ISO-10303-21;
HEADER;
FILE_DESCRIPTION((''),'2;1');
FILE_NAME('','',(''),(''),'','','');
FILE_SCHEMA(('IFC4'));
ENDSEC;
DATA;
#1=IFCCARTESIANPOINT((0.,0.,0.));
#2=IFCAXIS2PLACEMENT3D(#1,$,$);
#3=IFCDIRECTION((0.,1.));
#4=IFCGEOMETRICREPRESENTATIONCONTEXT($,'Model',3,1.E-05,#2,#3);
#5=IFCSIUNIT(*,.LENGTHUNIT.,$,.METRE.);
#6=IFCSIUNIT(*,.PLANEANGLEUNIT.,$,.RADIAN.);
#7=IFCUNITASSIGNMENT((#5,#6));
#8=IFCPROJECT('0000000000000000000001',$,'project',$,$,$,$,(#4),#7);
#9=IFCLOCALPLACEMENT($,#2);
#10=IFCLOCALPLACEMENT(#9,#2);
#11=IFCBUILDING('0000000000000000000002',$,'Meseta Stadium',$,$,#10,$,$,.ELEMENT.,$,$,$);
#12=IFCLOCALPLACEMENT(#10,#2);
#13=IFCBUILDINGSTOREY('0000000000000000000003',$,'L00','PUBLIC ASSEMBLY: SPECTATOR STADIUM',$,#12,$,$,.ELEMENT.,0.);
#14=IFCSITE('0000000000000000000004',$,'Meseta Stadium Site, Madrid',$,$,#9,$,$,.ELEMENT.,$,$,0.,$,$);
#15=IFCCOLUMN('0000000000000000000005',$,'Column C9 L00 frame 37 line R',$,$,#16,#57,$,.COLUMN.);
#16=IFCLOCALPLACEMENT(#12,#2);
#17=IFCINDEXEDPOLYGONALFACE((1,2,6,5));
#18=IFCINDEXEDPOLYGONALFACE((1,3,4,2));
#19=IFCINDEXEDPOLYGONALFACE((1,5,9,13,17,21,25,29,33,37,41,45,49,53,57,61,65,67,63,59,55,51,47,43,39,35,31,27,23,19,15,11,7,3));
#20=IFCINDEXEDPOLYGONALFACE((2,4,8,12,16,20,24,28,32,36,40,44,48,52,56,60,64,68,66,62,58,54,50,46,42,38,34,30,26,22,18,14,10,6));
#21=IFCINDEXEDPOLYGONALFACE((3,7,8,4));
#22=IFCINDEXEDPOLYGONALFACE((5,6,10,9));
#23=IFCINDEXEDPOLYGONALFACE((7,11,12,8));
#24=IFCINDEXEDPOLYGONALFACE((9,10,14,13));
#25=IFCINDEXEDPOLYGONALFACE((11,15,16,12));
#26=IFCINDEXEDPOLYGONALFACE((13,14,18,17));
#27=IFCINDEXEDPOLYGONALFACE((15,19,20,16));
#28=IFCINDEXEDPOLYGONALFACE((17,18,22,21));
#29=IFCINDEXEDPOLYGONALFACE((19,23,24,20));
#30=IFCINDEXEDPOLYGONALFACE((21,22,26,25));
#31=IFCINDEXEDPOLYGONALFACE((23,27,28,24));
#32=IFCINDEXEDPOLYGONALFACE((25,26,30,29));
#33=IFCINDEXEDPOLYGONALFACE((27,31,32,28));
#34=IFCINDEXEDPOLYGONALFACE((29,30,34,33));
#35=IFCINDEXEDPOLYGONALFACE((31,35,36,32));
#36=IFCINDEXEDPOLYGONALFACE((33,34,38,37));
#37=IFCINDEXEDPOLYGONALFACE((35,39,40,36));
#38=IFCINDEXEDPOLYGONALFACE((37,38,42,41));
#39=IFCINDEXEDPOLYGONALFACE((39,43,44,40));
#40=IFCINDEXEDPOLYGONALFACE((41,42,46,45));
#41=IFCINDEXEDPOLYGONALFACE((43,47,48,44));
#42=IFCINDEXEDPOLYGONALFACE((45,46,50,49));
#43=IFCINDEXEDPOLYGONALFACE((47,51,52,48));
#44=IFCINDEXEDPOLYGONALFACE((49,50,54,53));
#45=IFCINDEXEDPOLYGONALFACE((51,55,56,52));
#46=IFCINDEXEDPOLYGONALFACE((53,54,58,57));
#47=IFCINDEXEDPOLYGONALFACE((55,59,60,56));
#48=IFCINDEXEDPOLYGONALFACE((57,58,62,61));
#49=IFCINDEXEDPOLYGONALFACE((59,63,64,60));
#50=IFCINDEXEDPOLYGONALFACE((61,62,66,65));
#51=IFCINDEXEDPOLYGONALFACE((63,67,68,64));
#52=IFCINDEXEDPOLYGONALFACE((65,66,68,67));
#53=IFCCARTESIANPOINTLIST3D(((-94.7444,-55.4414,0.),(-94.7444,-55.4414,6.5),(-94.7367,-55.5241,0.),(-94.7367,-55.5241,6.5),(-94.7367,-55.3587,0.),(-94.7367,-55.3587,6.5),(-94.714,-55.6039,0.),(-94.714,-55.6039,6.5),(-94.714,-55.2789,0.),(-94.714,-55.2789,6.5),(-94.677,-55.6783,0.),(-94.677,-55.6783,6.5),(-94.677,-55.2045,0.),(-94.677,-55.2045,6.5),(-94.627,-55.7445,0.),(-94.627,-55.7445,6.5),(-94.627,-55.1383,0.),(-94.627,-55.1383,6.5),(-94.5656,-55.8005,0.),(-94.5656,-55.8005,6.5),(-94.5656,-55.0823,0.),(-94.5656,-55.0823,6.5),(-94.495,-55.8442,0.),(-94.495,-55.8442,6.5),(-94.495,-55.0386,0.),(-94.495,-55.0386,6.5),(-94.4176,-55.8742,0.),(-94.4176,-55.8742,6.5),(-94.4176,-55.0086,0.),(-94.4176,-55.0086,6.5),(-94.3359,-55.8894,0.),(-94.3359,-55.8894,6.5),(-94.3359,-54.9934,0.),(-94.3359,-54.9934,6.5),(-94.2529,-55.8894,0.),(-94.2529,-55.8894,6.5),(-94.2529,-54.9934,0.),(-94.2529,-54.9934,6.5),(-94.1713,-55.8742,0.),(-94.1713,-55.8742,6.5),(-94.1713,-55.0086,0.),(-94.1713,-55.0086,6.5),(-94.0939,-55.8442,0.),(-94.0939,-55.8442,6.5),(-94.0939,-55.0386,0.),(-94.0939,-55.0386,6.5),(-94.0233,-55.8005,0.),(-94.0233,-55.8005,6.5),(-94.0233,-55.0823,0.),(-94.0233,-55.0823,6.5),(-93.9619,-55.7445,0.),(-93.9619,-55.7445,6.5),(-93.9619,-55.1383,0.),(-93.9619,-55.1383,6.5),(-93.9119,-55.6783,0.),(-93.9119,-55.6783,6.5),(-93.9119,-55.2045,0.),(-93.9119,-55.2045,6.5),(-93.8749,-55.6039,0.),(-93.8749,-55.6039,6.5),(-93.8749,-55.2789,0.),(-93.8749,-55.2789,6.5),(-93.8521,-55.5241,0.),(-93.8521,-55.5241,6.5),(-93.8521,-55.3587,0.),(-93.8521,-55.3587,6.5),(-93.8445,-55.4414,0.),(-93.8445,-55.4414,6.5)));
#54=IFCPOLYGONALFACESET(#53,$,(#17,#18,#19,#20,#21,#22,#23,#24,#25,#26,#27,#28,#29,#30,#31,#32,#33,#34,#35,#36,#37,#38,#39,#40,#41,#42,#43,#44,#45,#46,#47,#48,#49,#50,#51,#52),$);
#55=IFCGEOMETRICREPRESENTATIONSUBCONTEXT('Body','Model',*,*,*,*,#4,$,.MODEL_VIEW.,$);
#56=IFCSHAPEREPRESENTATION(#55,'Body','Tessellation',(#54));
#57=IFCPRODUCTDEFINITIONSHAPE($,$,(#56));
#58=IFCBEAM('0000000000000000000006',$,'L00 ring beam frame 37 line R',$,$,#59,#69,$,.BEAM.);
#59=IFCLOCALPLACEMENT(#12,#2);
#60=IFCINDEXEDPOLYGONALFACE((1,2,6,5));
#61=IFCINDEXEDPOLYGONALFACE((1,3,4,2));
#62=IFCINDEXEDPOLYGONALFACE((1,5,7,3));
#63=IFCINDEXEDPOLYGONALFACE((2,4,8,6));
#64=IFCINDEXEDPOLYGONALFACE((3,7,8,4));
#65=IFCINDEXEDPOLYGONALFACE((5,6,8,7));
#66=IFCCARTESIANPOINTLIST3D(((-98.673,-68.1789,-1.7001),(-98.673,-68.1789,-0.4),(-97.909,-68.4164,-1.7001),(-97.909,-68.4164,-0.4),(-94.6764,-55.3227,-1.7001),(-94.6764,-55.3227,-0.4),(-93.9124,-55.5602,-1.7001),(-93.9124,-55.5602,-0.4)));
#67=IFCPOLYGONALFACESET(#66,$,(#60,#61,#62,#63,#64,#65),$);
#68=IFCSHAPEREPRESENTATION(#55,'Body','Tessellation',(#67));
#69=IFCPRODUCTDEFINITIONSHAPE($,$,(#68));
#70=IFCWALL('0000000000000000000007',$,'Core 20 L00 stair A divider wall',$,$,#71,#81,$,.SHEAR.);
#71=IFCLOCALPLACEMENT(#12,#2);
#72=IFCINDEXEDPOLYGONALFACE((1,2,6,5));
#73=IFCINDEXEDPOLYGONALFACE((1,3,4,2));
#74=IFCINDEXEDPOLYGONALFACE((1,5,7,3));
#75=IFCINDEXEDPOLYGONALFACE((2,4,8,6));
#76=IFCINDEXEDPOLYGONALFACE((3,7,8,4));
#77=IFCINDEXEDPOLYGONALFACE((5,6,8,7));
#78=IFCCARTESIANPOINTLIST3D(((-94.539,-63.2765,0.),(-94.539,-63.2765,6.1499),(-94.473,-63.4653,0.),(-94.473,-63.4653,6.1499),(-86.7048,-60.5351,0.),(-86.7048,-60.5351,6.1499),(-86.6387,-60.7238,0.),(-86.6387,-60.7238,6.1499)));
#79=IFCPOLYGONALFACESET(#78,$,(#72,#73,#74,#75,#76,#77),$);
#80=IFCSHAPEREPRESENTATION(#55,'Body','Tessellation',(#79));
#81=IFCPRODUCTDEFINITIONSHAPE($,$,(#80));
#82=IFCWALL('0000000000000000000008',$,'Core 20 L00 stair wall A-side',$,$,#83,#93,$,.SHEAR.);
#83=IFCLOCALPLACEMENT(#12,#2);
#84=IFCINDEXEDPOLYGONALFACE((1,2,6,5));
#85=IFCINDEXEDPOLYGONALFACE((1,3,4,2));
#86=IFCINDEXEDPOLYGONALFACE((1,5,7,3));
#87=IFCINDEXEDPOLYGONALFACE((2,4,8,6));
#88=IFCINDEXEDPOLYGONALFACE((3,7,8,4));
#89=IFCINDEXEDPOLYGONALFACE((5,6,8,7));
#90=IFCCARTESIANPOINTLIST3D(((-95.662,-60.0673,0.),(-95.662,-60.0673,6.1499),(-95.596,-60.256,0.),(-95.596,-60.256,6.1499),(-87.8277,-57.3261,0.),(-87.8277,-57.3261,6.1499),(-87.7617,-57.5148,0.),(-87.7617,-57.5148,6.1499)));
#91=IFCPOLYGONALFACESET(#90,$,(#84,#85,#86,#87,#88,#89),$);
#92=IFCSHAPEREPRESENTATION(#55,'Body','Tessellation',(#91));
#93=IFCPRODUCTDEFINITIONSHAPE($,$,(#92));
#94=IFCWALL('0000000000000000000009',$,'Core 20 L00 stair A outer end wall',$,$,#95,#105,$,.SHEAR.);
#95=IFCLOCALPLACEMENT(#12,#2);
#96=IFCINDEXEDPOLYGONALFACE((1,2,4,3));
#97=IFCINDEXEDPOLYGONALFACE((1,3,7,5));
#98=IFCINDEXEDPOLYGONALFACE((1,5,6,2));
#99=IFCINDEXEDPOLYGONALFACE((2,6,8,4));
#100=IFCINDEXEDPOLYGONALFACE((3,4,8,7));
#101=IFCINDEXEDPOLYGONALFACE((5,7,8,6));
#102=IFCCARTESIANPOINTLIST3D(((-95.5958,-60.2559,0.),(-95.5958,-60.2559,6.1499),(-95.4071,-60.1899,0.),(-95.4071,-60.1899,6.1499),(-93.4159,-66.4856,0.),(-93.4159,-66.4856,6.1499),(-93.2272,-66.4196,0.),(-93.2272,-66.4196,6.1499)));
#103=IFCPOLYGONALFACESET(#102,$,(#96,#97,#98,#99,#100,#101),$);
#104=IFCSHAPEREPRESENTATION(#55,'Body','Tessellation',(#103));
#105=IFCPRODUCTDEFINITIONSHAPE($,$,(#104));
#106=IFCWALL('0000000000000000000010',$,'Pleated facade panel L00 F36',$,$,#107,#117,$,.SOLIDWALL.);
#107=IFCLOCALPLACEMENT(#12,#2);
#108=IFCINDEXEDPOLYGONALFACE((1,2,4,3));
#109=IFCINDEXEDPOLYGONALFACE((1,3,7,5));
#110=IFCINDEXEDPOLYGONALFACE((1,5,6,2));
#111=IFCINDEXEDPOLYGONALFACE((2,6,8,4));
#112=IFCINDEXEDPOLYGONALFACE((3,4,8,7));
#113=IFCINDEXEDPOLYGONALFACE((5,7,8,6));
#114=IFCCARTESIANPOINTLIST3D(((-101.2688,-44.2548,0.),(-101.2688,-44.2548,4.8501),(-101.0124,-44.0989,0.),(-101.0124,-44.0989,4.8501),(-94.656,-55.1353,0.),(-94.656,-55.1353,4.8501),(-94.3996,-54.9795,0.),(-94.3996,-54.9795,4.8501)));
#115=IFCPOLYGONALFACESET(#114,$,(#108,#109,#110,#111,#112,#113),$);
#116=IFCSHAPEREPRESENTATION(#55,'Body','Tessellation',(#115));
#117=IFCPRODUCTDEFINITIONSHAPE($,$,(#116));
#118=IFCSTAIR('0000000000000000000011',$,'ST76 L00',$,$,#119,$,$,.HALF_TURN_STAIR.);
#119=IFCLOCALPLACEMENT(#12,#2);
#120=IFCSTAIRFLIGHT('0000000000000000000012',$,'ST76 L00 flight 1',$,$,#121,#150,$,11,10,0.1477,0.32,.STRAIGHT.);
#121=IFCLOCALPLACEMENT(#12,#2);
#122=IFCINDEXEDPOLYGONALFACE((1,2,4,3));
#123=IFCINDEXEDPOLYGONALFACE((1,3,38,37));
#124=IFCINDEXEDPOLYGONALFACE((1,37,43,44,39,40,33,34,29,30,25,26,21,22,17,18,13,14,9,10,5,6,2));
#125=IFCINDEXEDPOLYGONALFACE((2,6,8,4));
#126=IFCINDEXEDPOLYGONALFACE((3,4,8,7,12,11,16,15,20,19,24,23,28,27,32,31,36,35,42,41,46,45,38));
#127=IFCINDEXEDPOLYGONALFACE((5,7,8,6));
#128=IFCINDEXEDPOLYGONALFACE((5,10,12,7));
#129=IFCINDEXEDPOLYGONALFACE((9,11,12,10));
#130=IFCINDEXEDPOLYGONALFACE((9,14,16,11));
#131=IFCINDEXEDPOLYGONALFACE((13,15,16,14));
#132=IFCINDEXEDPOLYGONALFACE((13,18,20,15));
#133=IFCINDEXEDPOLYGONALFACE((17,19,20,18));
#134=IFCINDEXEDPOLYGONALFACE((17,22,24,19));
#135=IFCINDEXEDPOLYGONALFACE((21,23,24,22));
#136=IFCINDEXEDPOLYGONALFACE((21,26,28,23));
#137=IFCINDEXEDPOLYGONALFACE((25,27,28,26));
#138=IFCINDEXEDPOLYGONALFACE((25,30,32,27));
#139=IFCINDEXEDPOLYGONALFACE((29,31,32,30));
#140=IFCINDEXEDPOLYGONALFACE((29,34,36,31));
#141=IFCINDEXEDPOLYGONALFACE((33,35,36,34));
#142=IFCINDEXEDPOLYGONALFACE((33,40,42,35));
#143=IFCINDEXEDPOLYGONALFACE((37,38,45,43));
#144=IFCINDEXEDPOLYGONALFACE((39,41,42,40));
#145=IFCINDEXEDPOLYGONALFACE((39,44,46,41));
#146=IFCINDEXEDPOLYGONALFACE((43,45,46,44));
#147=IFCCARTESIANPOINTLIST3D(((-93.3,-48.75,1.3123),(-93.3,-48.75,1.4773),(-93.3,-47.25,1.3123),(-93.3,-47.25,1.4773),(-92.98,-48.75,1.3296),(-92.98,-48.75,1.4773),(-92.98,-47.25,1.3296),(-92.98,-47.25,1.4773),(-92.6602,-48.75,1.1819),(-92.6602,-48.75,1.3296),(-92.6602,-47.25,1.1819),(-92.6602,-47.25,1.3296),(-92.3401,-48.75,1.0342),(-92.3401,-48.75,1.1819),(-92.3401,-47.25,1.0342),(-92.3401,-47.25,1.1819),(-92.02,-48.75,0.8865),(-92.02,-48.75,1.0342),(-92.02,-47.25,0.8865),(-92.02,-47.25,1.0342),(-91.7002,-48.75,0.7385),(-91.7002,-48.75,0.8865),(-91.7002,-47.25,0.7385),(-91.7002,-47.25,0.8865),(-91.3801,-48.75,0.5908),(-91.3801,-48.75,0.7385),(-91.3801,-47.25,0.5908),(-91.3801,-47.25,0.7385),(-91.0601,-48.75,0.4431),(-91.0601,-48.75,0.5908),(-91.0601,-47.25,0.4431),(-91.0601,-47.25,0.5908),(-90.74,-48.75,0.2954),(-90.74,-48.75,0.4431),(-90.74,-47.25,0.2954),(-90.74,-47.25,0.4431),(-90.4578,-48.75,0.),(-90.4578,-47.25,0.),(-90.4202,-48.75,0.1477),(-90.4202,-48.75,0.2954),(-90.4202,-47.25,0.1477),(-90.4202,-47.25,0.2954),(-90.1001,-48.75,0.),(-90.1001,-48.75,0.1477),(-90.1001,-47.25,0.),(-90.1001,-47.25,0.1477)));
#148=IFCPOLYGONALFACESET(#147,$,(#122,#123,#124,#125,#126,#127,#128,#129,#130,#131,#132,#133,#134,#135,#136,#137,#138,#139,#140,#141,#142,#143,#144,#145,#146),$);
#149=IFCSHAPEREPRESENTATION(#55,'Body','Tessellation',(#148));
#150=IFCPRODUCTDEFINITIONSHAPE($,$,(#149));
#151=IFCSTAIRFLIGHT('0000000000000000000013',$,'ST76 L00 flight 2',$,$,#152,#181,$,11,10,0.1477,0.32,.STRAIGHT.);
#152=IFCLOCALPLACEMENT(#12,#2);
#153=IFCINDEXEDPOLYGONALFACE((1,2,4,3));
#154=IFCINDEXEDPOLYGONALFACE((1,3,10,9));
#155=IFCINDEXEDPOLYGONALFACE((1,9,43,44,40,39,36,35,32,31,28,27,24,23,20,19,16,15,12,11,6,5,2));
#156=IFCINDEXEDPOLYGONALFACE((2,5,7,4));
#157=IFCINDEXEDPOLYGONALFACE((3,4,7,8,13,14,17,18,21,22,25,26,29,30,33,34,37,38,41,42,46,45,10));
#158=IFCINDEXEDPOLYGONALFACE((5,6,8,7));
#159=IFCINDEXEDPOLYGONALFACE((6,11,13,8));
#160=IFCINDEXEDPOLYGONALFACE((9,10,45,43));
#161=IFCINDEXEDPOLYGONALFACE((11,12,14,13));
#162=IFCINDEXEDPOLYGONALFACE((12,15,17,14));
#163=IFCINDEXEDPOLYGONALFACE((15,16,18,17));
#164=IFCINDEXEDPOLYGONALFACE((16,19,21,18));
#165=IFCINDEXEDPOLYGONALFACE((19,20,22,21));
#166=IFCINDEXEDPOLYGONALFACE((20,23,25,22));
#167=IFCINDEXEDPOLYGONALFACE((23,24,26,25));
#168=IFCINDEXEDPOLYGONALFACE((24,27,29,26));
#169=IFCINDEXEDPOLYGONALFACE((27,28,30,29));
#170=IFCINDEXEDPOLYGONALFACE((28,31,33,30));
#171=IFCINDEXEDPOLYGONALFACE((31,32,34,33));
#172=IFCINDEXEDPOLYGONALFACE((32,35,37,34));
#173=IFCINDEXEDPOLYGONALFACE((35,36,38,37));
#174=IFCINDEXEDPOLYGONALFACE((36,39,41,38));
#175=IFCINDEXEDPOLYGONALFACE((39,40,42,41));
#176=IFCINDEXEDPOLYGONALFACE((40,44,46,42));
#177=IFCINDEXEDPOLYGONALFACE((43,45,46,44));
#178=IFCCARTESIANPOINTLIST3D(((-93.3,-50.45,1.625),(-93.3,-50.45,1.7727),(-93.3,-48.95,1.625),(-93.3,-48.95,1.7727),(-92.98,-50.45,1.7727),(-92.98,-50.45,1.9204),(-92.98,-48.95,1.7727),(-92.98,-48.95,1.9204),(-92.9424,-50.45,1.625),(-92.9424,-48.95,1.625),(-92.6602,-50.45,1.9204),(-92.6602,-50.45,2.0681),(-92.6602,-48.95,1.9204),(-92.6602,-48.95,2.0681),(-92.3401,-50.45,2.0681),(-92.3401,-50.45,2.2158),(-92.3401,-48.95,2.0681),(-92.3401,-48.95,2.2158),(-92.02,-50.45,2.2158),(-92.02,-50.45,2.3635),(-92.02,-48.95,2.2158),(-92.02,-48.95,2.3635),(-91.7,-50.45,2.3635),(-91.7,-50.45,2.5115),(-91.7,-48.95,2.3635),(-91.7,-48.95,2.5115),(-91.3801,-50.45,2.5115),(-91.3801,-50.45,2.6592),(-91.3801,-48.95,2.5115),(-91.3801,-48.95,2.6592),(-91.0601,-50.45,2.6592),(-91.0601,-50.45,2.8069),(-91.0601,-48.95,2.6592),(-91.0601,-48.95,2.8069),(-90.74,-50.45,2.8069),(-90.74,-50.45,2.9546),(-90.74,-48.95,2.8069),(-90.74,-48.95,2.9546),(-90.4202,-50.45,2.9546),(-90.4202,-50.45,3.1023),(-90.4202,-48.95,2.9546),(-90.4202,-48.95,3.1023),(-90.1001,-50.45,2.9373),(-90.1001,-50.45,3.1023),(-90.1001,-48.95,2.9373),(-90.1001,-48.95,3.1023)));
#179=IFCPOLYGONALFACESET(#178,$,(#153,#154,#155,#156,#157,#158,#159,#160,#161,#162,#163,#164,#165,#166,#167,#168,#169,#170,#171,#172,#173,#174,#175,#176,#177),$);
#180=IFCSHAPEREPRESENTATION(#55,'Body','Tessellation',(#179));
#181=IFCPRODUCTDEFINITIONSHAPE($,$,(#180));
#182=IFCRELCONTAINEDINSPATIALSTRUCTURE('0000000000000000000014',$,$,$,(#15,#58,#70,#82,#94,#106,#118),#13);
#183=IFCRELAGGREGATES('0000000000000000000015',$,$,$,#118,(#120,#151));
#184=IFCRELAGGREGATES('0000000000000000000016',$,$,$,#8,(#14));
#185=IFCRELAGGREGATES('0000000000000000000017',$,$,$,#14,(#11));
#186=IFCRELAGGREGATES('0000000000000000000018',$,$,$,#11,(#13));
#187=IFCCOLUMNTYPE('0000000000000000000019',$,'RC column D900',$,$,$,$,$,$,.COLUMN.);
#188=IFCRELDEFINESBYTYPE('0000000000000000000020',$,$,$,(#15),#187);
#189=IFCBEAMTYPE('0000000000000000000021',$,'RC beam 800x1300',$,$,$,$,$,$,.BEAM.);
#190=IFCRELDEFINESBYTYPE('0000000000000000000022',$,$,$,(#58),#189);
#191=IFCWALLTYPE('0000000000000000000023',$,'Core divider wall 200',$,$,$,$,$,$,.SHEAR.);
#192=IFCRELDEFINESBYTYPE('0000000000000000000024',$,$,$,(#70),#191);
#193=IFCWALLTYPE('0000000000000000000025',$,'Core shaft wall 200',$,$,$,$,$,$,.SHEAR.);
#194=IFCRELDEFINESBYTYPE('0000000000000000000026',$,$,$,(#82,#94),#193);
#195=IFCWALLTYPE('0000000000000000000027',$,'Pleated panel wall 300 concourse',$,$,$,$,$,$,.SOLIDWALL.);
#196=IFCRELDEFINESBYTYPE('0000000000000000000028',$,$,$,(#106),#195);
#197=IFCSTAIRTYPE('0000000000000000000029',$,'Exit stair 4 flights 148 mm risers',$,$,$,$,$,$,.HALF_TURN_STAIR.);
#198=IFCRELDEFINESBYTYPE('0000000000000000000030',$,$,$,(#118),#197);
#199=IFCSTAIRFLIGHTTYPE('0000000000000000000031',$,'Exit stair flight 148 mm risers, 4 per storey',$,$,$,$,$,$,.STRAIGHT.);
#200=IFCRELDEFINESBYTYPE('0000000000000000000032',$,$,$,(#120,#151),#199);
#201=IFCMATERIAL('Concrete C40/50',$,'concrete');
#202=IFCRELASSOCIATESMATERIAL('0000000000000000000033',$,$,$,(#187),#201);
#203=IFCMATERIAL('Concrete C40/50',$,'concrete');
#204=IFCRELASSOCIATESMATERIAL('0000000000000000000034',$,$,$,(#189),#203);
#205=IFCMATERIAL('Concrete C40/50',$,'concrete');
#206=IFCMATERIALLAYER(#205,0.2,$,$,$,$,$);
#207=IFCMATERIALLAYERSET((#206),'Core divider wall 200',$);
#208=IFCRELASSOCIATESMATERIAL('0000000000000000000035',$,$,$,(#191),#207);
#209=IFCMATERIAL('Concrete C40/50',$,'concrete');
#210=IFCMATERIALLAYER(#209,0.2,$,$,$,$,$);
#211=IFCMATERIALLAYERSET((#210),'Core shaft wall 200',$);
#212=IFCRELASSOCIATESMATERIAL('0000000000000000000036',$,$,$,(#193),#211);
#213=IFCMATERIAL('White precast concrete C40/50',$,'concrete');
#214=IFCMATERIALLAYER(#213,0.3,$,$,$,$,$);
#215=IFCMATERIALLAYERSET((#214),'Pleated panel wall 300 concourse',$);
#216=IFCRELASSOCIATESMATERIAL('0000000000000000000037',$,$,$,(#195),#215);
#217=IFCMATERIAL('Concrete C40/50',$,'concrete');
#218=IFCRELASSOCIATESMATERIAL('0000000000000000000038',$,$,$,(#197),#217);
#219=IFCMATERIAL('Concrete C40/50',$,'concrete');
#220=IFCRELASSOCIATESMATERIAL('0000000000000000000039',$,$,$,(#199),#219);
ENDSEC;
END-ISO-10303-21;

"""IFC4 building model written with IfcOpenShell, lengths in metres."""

from ifc_helpers import new_model, si_unit, direction, frame, frame_2d, origin, origin_2d, place, context, subcontext, project, spatial, polyline, rectangle, circle, outline, extrude, material, layer, layer_set, material_profile, profile_set, type_object, element, aggregate, save


model = new_model("IFC4")

# Units and contexts
model_context = context("Model", 3, precision=1e-05, world=origin(), true_north=direction((0.0, 1.0)))
body_context = subcontext(model_context, "Body", "Model", "MODEL_VIEW")
ifc_project = project(units=[si_unit("LENGTHUNIT", "METRE"), si_unit("PLANEANGLEUNIT", "RADIAN")], contexts=[model_context])

# Site, building, storey
site_placement = place(None, origin())
site = spatial("IfcSite", under=ifc_project, at=site_placement, Name="Meseta Stadium Site, Madrid", CompositionType="ELEMENT", RefElevation=0.0)
building_placement = place(site_placement, origin())
building = spatial("IfcBuilding", under=site, at=building_placement, Name="Meseta Stadium", CompositionType="ELEMENT")
storey_placement = place(building_placement, origin())
storey = spatial("IfcBuildingStorey", under=building, at=storey_placement, Name="L00", Description="PUBLIC ASSEMBLY: SPECTATOR STADIUM", CompositionType="ELEMENT", Elevation=0.0)

# Column
ifc_material_1 = material(Name="Concrete C40/50", Category="concrete")
ifc_material_profile_1 = material_profile(ifc_material_1, circle(Radius=0.45, at=origin_2d()), Name="RC D900")
ifc_profile_set_1 = profile_set([ifc_material_profile_1], Name="Concrete C40/50")
column_type = type_object("IfcColumnType", Name="RC column D900", PredefinedType="COLUMN", material=ifc_profile_set_1)
column_placement = place(storey_placement, frame((-94.2944, -55.4414, 0.0), z_axis=(0.0, 0.0, 1.0), x_axis=(1.0, 0.0, 0.0)))
element("IfcColumn", 1, at=column_placement, inside=storey, type_object=column_type, Name="Column C9 L00 frame 37 line R", PredefinedType="COLUMN", context=body_context, shape_type="SweptSolid", body=[
    extrude(circle(Radius=0.45, at=origin_2d()), origin(), (0.0, 0.0, 1.0), 6.5),
])

# Beam
ifc_material_2 = material(Name="Concrete C40/50", Category="concrete")
ifc_material_profile_2 = material_profile(ifc_material_2, rectangle(XDim=0.8, YDim=1.3, at=origin_2d()), Name="RC 800x1300")
ifc_profile_set_2 = profile_set([ifc_material_profile_2], Name="Concrete C40/50")
beam_type = type_object("IfcBeamType", Name="RC beam 800x1300", PredefinedType="BEAM", material=ifc_profile_set_2)
beam_placement = place(storey_placement, frame((-94.2944, -55.4414, -1.05), z_axis=(-0.296855, -0.954923, 0.0), x_axis=(0.954923, -0.296855, 0.0)))
element("IfcBeam", 2, at=beam_placement, inside=storey, type_object=beam_type, Name="L00 ring beam frame 37 line R", PredefinedType="BEAM", context=body_context, shape_type="SweptSolid", body=[
    extrude(rectangle(XDim=0.8, YDim=1.3, at=origin_2d()), origin(), (0.0, 0.0, 1.0), 13.4631),
])

# Walls
ifc_material_3 = material(Name="Concrete C40/50", Category="concrete")
ifc_layer_1 = layer(ifc_material_3, 0.2)
ifc_layer_set_1 = layer_set([ifc_layer_1], Name="Core divider wall 200")
wall_type_1 = type_object("IfcWallType", Name="Core divider wall 200", PredefinedType="SHEAR", material=ifc_layer_set_1)
wall_1_placement = place(storey_placement, frame((-94.5059, -63.3708, 0.0), z_axis=(0.0, 0.0, 1.0), x_axis=(0.943878, 0.330294, 0.0)))
element("IfcWall", 3, at=wall_1_placement, inside=storey, type_object=wall_type_1, Name="Core 20 L00 stair A divider wall", PredefinedType="SHEAR", context=body_context, shape_type="SweptSolid", body=[
    extrude(rectangle(XDim=8.3, YDim=0.2, at=frame_2d((4.1499, 0.0))), origin(), (0.0, 0.0, 1.0), 6.1499),
])
ifc_material_4 = material(Name="Concrete C40/50", Category="concrete")
ifc_layer_2 = layer(ifc_material_4, 0.2)
ifc_layer_set_2 = layer_set([ifc_layer_2], Name="Core shaft wall 200")
wall_type_2 = type_object("IfcWallType", Name="Core shaft wall 200", PredefinedType="SHEAR", material=ifc_layer_set_2)
wall_2_placement = place(storey_placement, frame((-95.6289, -60.1616, 0.0), z_axis=(0.0, 0.0, 1.0), x_axis=(0.943887, 0.330268, 0.0)))
element("IfcWall", 4, at=wall_2_placement, inside=storey, type_object=wall_type_2, Name="Core 20 L00 stair wall A-side", PredefinedType="SHEAR", context=body_context, shape_type="SweptSolid", body=[
    extrude(rectangle(XDim=8.3, YDim=0.2, at=frame_2d((4.1499, 0.0))), origin(), (0.0, 0.0, 1.0), 6.1499),
])
wall_3_placement = place(storey_placement, frame((-95.5015, -60.2229, 0.0), z_axis=(0.0, 0.0, 1.0), x_axis=(0.330286, -0.943881, 0.0)))
element("IfcWall", 5, at=wall_3_placement, inside=storey, type_object=wall_type_2, Name="Core 20 L00 stair A outer end wall", PredefinedType="SHEAR", context=body_context, shape_type="SweptSolid", body=[
    extrude(rectangle(XDim=6.6001, YDim=0.2, at=frame_2d((3.3, 0.0))), origin(), (0.0, 0.0, 1.0), 6.1499),
])
ifc_material_5 = material(Name="White precast concrete C40/50", Category="concrete")
ifc_layer_3 = layer(ifc_material_5, 0.3)
ifc_layer_set_3 = layer_set([ifc_layer_3], Name="Pleated panel wall 300 concourse")
wall_type_3 = type_object("IfcWallType", Name="Pleated panel wall 300 concourse", PredefinedType="SOLIDWALL", material=ifc_layer_set_3)
wall_4_placement = place(storey_placement, frame((-94.5278, -55.0574, 0.0), z_axis=(0.0, 0.0, 1.0), x_axis=(-0.519363, 0.854554, 0.0)))
element("IfcWall", 6, at=wall_4_placement, inside=storey, type_object=wall_type_3, Name="Pleated facade panel L00 F36", PredefinedType="SOLIDWALL", context=body_context, shape_type="SweptSolid", body=[
    extrude(rectangle(XDim=12.7324, YDim=0.3, at=frame_2d((6.3662, 0.0))), origin(), (0.0, 0.0, 1.0), 4.8501),
])

# Stair, stair flights
ifc_material_6 = material(Name="Concrete C40/50", Category="concrete")
stair_type = type_object("IfcStairType", Name="Exit stair 4 flights 148 mm risers", PredefinedType="HALF_TURN_STAIR", material=ifc_material_6)
stair_1_placement = place(storey_placement, origin())
stair_1 = element("IfcStair", 7, at=stair_1_placement, inside=storey, type_object=stair_type, Name="ST76 L00", PredefinedType="HALF_TURN_STAIR")
ifc_material_7 = material(Name="Concrete C40/50", Category="concrete")
stair_flight_type = type_object("IfcStairFlightType", Name="Exit stair flight 148 mm risers, 4 per storey", PredefinedType="STRAIGHT", material=ifc_material_7)
stair_flight_1_placement = place(storey_placement, frame((-90.1001, -48.0, 0.0), z_axis=(0.0, 0.0, 1.0), x_axis=(-1.0, 0.0, 0.0)))
stair_flight_1 = element("IfcStairFlight", 8, at=stair_flight_1_placement, type_object=stair_flight_type, Name="ST76 L00 flight 1", NumberOfRisers=11, NumberOfTreads=10, PredefinedType="STRAIGHT", RiserHeight=0.1477, TreadLength=0.32, context=body_context, shape_type="SweptSolid", body=[
    extrude(outline(polyline([(0.0, 0.0), (0.0, 0.1477), (0.3201, 0.1477), (0.3201, 0.2954), (0.6399, 0.2954), (0.6399, 0.4431), (0.96, 0.4431), (0.96, 0.5908), (1.28, 0.5908), (1.28, 0.7385), (1.6001, 0.7385), (1.6001, 0.8865), (1.9199, 0.8865), (1.9199, 1.0342), (2.24, 1.0342), (2.24, 1.1819), (2.5601, 1.1819), (2.5601, 1.3296), (2.8799, 1.3296), (2.8799, 1.4773), (3.2, 1.4773), (3.2, 1.3123), (0.3577, 0.0), (0.0, 0.0)])), frame((0.0, 0.75, 0.0), z_axis=(0.0, -1.0, 0.0), x_axis=(1.0, 0.0, 0.0)), (0.0, 0.0, 1.0), 1.5),
])
stair_flight_2_placement = place(storey_placement, frame((-93.3, -49.7, 1.625), z_axis=(0.0, 0.0, 1.0), x_axis=(1.0, 0.0, 0.0)))
stair_flight_2 = element("IfcStairFlight", 9, at=stair_flight_2_placement, type_object=stair_flight_type, Name="ST76 L00 flight 2", NumberOfRisers=11, NumberOfTreads=10, PredefinedType="STRAIGHT", RiserHeight=0.1477, TreadLength=0.32, context=body_context, shape_type="SweptSolid", body=[
    extrude(outline(polyline([(0.0, 0.0), (0.0, 0.1477), (0.3201, 0.1477), (0.3201, 0.2954), (0.6399, 0.2954), (0.6399, 0.4431), (0.96, 0.4431), (0.96, 0.5908), (1.28, 0.5908), (1.28, 0.7385), (1.6001, 0.7385), (1.6001, 0.8865), (1.9199, 0.8865), (1.9199, 1.0342), (2.24, 1.0342), (2.24, 1.1819), (2.5601, 1.1819), (2.5601, 1.3296), (2.8799, 1.3296), (2.8799, 1.4773), (3.2, 1.4773), (3.2, 1.3123), (0.3577, 0.0), (0.0, 0.0)])), frame((0.0, 0.75, 0.0), z_axis=(0.0, -1.0, 0.0), x_axis=(1.0, 0.0, 0.0)), (0.0, 0.0, 1.0), 1.5),
])
aggregate(stair_1, [stair_flight_1, stair_flight_2])

save(model, "model.ifc")
